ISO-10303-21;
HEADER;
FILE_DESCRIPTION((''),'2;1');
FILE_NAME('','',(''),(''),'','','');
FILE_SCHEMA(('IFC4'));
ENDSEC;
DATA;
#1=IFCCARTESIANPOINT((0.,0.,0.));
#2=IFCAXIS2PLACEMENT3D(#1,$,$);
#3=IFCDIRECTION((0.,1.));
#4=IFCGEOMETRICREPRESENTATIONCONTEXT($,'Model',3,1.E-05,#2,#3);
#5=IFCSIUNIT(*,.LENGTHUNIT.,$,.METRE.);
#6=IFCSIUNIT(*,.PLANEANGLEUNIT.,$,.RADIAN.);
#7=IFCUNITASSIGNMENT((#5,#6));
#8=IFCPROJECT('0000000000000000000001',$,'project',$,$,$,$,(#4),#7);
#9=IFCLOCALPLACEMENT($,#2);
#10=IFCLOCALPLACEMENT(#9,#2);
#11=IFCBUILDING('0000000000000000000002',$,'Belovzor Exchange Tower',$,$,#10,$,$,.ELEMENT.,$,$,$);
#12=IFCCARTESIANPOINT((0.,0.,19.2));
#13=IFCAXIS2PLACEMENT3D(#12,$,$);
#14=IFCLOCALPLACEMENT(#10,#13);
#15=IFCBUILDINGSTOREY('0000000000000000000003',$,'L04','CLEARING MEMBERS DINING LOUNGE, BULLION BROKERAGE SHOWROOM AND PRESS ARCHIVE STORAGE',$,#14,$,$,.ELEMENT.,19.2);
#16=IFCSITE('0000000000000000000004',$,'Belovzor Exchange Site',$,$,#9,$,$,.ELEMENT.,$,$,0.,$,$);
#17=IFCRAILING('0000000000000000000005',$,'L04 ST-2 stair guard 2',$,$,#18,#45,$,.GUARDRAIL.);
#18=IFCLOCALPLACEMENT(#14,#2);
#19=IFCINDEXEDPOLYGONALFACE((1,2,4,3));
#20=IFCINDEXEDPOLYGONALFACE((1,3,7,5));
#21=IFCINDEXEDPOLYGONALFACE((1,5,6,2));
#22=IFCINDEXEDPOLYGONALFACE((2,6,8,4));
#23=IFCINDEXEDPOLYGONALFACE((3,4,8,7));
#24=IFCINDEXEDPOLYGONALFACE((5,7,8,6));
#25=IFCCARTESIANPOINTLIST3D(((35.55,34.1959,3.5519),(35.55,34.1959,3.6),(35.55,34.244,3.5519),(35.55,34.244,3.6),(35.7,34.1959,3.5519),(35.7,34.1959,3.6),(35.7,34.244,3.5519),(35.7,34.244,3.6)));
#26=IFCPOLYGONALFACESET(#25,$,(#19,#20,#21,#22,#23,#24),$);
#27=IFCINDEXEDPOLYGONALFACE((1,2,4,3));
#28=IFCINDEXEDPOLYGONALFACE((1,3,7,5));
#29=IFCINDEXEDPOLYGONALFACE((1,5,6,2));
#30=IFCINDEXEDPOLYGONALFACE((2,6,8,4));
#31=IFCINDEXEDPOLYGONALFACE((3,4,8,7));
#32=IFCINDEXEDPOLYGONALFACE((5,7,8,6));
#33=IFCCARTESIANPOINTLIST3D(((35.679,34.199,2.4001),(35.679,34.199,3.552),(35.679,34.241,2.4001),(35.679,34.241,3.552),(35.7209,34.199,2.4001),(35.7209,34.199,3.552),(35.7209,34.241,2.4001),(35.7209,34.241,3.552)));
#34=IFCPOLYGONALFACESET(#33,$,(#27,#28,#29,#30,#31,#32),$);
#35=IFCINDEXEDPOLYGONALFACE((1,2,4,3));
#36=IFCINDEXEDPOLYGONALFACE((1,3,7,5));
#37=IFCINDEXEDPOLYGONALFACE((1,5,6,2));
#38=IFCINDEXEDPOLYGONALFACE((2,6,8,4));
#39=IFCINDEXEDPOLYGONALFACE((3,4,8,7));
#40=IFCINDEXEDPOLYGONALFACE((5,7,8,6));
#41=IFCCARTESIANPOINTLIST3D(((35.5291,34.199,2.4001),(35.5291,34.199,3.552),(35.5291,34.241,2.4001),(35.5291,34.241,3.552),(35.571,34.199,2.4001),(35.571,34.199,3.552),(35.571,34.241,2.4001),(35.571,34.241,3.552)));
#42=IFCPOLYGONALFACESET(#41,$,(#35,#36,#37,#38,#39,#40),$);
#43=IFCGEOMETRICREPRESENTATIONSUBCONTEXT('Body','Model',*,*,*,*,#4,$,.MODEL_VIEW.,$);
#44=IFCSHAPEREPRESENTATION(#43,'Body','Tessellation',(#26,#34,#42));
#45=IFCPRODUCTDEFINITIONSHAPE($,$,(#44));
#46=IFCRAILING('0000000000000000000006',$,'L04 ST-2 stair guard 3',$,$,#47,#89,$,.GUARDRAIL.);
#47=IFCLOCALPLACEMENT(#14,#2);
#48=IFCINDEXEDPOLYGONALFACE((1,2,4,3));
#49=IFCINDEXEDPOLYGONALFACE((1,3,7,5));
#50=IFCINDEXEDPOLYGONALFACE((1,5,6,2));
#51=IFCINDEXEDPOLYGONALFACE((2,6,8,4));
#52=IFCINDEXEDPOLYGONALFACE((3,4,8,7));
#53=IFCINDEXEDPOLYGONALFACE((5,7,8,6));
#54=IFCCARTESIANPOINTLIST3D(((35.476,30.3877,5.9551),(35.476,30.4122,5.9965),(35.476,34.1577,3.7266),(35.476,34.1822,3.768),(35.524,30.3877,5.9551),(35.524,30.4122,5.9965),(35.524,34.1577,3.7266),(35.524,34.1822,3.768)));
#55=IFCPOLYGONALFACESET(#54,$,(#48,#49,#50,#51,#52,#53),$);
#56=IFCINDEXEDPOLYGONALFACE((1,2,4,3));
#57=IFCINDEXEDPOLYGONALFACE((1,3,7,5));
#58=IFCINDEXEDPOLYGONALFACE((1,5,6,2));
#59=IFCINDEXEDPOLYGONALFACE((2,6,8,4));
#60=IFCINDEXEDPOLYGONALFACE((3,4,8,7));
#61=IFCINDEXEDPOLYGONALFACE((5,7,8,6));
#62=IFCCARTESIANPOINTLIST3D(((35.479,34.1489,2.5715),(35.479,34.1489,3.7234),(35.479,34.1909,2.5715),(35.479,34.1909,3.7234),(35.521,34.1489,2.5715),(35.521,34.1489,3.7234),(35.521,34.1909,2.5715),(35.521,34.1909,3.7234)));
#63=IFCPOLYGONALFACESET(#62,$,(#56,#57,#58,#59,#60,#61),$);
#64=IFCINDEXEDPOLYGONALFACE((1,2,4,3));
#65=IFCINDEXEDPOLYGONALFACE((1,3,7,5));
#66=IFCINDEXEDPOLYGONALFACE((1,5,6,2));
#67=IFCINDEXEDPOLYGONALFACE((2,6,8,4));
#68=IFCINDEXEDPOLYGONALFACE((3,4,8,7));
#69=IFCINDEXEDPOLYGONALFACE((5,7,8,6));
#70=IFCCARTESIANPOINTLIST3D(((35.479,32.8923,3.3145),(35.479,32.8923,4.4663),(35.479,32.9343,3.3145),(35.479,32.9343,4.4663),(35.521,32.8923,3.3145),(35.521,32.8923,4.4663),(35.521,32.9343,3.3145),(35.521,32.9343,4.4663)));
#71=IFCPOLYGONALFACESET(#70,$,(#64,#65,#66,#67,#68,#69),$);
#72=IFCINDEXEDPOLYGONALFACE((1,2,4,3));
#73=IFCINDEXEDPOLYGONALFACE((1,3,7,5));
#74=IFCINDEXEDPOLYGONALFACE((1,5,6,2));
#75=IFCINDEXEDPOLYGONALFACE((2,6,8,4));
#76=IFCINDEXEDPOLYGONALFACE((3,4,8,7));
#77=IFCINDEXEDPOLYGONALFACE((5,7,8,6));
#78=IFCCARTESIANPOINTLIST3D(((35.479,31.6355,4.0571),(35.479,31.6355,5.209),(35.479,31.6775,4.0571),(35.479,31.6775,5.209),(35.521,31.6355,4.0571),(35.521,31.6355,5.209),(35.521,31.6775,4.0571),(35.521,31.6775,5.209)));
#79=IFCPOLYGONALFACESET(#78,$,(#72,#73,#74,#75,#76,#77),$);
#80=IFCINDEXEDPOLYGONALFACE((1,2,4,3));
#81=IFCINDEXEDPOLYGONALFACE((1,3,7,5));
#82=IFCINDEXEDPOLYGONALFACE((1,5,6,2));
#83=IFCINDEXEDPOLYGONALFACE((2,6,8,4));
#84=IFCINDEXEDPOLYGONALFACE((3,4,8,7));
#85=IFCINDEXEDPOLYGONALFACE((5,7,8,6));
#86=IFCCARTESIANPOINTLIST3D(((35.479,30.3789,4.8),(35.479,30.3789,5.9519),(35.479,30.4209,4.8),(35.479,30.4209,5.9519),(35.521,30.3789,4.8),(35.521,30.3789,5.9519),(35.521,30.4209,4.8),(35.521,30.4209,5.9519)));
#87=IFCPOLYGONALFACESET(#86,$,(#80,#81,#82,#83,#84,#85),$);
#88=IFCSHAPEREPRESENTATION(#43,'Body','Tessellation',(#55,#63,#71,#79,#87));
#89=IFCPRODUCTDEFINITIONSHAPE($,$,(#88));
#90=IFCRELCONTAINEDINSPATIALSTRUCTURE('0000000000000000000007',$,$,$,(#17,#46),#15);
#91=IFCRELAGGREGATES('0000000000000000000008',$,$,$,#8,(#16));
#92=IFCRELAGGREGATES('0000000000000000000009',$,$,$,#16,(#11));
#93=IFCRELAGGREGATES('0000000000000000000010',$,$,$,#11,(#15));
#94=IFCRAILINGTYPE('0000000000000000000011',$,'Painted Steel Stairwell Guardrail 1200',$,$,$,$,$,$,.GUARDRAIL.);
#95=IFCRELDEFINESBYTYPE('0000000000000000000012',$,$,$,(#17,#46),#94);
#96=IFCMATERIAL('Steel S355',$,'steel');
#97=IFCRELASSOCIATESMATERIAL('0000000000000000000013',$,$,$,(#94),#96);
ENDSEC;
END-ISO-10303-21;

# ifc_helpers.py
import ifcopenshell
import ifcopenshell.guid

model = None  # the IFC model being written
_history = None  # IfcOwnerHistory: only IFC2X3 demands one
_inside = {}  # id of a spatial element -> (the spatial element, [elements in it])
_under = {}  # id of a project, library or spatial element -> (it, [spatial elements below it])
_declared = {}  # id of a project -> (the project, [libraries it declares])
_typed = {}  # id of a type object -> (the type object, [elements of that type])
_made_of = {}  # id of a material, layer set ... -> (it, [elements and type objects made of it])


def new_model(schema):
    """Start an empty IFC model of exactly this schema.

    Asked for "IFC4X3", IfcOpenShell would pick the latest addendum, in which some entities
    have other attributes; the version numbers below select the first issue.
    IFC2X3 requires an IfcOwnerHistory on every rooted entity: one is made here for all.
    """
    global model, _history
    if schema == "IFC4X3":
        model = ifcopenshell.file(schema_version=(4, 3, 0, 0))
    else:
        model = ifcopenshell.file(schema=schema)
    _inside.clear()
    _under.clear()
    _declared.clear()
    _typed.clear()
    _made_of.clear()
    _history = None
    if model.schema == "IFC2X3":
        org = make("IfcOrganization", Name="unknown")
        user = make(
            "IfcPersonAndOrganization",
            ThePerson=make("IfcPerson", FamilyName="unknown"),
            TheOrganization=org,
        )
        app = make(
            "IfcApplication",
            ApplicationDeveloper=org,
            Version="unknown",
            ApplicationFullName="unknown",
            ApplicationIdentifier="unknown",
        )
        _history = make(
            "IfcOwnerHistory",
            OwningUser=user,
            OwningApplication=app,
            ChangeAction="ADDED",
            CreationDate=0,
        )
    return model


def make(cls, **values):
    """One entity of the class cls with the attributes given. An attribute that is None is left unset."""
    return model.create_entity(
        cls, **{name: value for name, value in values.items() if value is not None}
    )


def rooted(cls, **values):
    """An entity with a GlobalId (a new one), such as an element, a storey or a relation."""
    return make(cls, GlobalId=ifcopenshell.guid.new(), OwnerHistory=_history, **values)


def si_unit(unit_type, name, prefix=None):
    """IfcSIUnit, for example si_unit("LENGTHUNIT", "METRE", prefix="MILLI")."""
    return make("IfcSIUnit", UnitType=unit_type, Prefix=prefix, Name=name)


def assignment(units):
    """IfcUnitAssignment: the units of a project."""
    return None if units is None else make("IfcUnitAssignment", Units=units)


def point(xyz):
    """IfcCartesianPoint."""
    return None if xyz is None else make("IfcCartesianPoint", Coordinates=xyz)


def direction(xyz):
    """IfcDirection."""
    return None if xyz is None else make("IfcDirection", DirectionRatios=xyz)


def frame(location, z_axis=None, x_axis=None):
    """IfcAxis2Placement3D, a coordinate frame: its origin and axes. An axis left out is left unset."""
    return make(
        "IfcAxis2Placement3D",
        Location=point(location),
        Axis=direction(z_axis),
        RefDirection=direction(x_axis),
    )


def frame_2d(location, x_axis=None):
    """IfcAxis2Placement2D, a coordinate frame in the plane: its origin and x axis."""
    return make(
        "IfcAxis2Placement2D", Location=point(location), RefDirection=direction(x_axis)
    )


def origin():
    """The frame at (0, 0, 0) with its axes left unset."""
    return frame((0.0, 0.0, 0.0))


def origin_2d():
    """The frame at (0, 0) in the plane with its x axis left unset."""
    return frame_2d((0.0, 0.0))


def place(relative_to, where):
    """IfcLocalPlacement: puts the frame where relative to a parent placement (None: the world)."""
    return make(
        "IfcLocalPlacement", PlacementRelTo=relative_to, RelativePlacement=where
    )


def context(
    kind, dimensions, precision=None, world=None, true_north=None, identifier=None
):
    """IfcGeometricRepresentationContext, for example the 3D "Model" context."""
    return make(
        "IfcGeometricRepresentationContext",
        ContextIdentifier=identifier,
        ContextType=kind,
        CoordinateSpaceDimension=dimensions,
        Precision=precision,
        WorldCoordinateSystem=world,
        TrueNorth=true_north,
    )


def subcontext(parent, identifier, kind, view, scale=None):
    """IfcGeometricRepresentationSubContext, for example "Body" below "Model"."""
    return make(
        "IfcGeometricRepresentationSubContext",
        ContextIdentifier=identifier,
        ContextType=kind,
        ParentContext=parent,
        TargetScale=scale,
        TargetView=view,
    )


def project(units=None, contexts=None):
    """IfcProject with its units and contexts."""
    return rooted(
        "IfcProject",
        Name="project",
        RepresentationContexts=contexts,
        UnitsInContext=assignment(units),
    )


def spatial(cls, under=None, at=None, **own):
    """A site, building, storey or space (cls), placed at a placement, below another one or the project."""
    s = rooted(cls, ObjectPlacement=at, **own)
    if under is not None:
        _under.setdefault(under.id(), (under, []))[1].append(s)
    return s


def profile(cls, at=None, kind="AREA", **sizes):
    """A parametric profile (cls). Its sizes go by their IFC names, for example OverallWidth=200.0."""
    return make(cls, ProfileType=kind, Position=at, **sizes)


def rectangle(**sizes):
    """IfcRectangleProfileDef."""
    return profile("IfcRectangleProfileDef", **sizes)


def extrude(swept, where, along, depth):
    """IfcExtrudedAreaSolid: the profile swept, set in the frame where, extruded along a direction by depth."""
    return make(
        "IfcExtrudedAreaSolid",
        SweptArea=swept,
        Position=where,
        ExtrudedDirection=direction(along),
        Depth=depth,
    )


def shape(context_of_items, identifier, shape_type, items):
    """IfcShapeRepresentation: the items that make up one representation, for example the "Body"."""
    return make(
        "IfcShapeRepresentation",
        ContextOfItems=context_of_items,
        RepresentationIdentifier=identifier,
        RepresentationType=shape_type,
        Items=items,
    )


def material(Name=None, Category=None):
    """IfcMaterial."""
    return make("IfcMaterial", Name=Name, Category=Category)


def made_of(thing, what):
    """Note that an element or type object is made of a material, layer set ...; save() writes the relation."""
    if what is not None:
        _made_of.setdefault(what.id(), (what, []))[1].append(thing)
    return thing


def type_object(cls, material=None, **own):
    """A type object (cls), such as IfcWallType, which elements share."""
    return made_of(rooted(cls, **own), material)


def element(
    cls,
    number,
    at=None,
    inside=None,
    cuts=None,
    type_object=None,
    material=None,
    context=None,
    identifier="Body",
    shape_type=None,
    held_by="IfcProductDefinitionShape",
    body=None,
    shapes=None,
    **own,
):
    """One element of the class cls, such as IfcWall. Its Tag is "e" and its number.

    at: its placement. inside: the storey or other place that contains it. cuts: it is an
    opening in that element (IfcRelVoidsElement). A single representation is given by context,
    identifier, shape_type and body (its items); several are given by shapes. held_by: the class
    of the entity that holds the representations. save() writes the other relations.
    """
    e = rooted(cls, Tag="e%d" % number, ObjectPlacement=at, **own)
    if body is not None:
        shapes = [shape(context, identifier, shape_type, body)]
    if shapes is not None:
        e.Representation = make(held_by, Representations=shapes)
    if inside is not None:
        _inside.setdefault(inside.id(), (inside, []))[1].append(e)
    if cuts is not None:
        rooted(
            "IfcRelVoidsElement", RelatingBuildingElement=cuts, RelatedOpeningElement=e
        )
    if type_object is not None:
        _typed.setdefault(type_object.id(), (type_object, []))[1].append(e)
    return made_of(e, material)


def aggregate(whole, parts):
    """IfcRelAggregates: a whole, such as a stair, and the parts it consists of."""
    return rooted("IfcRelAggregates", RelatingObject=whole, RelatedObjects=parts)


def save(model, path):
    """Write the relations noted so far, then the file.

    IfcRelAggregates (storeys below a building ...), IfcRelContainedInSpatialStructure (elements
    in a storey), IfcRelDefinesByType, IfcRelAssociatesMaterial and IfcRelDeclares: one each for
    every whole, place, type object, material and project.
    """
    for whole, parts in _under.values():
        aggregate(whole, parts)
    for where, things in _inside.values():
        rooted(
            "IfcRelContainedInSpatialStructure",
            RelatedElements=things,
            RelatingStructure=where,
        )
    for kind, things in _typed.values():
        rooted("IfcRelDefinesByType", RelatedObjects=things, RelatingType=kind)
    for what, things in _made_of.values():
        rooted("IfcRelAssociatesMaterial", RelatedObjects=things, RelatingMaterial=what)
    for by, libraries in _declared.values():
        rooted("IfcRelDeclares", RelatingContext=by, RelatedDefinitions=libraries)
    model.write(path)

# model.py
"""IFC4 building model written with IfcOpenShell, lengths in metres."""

from ifc_helpers import new_model, si_unit, direction, frame, origin, origin_2d, place, context, subcontext, project, spatial, rectangle, extrude, material, type_object, element, save


model = new_model("IFC4")

# Units and contexts
model_context = context("Model", 3, precision=1e-05, world=origin(), true_north=direction((0.0, 1.0)))
body_context = subcontext(model_context, "Body", "Model", "MODEL_VIEW")
ifc_project = project(units=[si_unit("LENGTHUNIT", "METRE"), si_unit("PLANEANGLEUNIT", "RADIAN")], contexts=[model_context])

# Site, building, storey
site_placement = place(None, origin())
site = spatial("IfcSite", under=ifc_project, at=site_placement, Name="Belovzor Exchange Site", CompositionType="ELEMENT", RefElevation=0.0)
building_placement = place(site_placement, origin())
building = spatial("IfcBuilding", under=site, at=building_placement, Name="Belovzor Exchange Tower", CompositionType="ELEMENT")
storey_placement = place(building_placement, frame((0.0, 0.0, 19.2)))
storey = spatial("IfcBuildingStorey", under=building, at=storey_placement, Name="L04", Description="CLEARING MEMBERS DINING LOUNGE, BULLION BROKERAGE SHOWROOM AND PRESS ARCHIVE STORAGE", CompositionType="ELEMENT", Elevation=19.2)

# Railings
ifc_material_1 = material(Name="Steel S355", Category="steel")
railing_type_1 = type_object("IfcRailingType", Name="Painted Steel Stairwell Guardrail 1200", PredefinedType="GUARDRAIL", material=ifc_material_1)
railing_1_placement = place(storey_placement, frame((35.7, 34.22, 2.4001)))
element("IfcRailing", 1, at=railing_1_placement, inside=storey, type_object=railing_type_1, Name="L04 ST-2 stair guard 2", PredefinedType="GUARDRAIL", context=body_context, shape_type="SweptSolid", body=[
    extrude(rectangle(XDim=0.0481, YDim=0.0481, at=origin_2d()), frame((0.0, 0.0, 1.1758), z_axis=(-1.0, 0.0, 0.0), x_axis=(0.0, -1.0, 0.0)), (0.0, 0.0, 1.0), 0.1499),
    extrude(rectangle(XDim=0.042, YDim=0.042, at=origin_2d()), origin(), (0.0, 0.0, 1.0), 1.1519),
    extrude(rectangle(XDim=0.042, YDim=0.042, at=origin_2d()), frame((-0.1499, 0.0, 0.0)), (0.0, 0.0, 1.0), 1.1519),
])
railing_2_placement = place(storey_placement, frame((35.5, 34.1699, 2.5715)))
element("IfcRailing", 2, at=railing_2_placement, inside=storey, type_object=railing_type_1, Name="L04 ST-2 stair guard 3", PredefinedType="GUARDRAIL", context=body_context, shape_type="SweptSolid", body=[
    extrude(rectangle(XDim=0.0481, YDim=0.0481, at=origin_2d()), frame((0.0, 0.0, 1.1758), z_axis=(0.0, -0.860849, 0.508861), x_axis=(1.0, 0.0, 0.0)), (0.0, 0.0, 1.0), 4.3794),
    extrude(rectangle(XDim=0.042, YDim=0.042, at=origin_2d()), origin(), (0.0, 0.0, 1.0), 1.1519),
    extrude(rectangle(XDim=0.042, YDim=0.042, at=origin_2d()), frame((0.0, -1.2566, 0.7429)), (0.0, 0.0, 1.0), 1.1519),
    extrude(rectangle(XDim=0.042, YDim=0.042, at=origin_2d()), frame((0.0, -2.5134, 1.4856)), (0.0, 0.0, 1.0), 1.1519),
    extrude(rectangle(XDim=0.042, YDim=0.042, at=origin_2d()), frame((0.0, -3.77, 2.2285)), (0.0, 0.0, 1.0), 1.1519),
])

save(model, "model.ifc")
